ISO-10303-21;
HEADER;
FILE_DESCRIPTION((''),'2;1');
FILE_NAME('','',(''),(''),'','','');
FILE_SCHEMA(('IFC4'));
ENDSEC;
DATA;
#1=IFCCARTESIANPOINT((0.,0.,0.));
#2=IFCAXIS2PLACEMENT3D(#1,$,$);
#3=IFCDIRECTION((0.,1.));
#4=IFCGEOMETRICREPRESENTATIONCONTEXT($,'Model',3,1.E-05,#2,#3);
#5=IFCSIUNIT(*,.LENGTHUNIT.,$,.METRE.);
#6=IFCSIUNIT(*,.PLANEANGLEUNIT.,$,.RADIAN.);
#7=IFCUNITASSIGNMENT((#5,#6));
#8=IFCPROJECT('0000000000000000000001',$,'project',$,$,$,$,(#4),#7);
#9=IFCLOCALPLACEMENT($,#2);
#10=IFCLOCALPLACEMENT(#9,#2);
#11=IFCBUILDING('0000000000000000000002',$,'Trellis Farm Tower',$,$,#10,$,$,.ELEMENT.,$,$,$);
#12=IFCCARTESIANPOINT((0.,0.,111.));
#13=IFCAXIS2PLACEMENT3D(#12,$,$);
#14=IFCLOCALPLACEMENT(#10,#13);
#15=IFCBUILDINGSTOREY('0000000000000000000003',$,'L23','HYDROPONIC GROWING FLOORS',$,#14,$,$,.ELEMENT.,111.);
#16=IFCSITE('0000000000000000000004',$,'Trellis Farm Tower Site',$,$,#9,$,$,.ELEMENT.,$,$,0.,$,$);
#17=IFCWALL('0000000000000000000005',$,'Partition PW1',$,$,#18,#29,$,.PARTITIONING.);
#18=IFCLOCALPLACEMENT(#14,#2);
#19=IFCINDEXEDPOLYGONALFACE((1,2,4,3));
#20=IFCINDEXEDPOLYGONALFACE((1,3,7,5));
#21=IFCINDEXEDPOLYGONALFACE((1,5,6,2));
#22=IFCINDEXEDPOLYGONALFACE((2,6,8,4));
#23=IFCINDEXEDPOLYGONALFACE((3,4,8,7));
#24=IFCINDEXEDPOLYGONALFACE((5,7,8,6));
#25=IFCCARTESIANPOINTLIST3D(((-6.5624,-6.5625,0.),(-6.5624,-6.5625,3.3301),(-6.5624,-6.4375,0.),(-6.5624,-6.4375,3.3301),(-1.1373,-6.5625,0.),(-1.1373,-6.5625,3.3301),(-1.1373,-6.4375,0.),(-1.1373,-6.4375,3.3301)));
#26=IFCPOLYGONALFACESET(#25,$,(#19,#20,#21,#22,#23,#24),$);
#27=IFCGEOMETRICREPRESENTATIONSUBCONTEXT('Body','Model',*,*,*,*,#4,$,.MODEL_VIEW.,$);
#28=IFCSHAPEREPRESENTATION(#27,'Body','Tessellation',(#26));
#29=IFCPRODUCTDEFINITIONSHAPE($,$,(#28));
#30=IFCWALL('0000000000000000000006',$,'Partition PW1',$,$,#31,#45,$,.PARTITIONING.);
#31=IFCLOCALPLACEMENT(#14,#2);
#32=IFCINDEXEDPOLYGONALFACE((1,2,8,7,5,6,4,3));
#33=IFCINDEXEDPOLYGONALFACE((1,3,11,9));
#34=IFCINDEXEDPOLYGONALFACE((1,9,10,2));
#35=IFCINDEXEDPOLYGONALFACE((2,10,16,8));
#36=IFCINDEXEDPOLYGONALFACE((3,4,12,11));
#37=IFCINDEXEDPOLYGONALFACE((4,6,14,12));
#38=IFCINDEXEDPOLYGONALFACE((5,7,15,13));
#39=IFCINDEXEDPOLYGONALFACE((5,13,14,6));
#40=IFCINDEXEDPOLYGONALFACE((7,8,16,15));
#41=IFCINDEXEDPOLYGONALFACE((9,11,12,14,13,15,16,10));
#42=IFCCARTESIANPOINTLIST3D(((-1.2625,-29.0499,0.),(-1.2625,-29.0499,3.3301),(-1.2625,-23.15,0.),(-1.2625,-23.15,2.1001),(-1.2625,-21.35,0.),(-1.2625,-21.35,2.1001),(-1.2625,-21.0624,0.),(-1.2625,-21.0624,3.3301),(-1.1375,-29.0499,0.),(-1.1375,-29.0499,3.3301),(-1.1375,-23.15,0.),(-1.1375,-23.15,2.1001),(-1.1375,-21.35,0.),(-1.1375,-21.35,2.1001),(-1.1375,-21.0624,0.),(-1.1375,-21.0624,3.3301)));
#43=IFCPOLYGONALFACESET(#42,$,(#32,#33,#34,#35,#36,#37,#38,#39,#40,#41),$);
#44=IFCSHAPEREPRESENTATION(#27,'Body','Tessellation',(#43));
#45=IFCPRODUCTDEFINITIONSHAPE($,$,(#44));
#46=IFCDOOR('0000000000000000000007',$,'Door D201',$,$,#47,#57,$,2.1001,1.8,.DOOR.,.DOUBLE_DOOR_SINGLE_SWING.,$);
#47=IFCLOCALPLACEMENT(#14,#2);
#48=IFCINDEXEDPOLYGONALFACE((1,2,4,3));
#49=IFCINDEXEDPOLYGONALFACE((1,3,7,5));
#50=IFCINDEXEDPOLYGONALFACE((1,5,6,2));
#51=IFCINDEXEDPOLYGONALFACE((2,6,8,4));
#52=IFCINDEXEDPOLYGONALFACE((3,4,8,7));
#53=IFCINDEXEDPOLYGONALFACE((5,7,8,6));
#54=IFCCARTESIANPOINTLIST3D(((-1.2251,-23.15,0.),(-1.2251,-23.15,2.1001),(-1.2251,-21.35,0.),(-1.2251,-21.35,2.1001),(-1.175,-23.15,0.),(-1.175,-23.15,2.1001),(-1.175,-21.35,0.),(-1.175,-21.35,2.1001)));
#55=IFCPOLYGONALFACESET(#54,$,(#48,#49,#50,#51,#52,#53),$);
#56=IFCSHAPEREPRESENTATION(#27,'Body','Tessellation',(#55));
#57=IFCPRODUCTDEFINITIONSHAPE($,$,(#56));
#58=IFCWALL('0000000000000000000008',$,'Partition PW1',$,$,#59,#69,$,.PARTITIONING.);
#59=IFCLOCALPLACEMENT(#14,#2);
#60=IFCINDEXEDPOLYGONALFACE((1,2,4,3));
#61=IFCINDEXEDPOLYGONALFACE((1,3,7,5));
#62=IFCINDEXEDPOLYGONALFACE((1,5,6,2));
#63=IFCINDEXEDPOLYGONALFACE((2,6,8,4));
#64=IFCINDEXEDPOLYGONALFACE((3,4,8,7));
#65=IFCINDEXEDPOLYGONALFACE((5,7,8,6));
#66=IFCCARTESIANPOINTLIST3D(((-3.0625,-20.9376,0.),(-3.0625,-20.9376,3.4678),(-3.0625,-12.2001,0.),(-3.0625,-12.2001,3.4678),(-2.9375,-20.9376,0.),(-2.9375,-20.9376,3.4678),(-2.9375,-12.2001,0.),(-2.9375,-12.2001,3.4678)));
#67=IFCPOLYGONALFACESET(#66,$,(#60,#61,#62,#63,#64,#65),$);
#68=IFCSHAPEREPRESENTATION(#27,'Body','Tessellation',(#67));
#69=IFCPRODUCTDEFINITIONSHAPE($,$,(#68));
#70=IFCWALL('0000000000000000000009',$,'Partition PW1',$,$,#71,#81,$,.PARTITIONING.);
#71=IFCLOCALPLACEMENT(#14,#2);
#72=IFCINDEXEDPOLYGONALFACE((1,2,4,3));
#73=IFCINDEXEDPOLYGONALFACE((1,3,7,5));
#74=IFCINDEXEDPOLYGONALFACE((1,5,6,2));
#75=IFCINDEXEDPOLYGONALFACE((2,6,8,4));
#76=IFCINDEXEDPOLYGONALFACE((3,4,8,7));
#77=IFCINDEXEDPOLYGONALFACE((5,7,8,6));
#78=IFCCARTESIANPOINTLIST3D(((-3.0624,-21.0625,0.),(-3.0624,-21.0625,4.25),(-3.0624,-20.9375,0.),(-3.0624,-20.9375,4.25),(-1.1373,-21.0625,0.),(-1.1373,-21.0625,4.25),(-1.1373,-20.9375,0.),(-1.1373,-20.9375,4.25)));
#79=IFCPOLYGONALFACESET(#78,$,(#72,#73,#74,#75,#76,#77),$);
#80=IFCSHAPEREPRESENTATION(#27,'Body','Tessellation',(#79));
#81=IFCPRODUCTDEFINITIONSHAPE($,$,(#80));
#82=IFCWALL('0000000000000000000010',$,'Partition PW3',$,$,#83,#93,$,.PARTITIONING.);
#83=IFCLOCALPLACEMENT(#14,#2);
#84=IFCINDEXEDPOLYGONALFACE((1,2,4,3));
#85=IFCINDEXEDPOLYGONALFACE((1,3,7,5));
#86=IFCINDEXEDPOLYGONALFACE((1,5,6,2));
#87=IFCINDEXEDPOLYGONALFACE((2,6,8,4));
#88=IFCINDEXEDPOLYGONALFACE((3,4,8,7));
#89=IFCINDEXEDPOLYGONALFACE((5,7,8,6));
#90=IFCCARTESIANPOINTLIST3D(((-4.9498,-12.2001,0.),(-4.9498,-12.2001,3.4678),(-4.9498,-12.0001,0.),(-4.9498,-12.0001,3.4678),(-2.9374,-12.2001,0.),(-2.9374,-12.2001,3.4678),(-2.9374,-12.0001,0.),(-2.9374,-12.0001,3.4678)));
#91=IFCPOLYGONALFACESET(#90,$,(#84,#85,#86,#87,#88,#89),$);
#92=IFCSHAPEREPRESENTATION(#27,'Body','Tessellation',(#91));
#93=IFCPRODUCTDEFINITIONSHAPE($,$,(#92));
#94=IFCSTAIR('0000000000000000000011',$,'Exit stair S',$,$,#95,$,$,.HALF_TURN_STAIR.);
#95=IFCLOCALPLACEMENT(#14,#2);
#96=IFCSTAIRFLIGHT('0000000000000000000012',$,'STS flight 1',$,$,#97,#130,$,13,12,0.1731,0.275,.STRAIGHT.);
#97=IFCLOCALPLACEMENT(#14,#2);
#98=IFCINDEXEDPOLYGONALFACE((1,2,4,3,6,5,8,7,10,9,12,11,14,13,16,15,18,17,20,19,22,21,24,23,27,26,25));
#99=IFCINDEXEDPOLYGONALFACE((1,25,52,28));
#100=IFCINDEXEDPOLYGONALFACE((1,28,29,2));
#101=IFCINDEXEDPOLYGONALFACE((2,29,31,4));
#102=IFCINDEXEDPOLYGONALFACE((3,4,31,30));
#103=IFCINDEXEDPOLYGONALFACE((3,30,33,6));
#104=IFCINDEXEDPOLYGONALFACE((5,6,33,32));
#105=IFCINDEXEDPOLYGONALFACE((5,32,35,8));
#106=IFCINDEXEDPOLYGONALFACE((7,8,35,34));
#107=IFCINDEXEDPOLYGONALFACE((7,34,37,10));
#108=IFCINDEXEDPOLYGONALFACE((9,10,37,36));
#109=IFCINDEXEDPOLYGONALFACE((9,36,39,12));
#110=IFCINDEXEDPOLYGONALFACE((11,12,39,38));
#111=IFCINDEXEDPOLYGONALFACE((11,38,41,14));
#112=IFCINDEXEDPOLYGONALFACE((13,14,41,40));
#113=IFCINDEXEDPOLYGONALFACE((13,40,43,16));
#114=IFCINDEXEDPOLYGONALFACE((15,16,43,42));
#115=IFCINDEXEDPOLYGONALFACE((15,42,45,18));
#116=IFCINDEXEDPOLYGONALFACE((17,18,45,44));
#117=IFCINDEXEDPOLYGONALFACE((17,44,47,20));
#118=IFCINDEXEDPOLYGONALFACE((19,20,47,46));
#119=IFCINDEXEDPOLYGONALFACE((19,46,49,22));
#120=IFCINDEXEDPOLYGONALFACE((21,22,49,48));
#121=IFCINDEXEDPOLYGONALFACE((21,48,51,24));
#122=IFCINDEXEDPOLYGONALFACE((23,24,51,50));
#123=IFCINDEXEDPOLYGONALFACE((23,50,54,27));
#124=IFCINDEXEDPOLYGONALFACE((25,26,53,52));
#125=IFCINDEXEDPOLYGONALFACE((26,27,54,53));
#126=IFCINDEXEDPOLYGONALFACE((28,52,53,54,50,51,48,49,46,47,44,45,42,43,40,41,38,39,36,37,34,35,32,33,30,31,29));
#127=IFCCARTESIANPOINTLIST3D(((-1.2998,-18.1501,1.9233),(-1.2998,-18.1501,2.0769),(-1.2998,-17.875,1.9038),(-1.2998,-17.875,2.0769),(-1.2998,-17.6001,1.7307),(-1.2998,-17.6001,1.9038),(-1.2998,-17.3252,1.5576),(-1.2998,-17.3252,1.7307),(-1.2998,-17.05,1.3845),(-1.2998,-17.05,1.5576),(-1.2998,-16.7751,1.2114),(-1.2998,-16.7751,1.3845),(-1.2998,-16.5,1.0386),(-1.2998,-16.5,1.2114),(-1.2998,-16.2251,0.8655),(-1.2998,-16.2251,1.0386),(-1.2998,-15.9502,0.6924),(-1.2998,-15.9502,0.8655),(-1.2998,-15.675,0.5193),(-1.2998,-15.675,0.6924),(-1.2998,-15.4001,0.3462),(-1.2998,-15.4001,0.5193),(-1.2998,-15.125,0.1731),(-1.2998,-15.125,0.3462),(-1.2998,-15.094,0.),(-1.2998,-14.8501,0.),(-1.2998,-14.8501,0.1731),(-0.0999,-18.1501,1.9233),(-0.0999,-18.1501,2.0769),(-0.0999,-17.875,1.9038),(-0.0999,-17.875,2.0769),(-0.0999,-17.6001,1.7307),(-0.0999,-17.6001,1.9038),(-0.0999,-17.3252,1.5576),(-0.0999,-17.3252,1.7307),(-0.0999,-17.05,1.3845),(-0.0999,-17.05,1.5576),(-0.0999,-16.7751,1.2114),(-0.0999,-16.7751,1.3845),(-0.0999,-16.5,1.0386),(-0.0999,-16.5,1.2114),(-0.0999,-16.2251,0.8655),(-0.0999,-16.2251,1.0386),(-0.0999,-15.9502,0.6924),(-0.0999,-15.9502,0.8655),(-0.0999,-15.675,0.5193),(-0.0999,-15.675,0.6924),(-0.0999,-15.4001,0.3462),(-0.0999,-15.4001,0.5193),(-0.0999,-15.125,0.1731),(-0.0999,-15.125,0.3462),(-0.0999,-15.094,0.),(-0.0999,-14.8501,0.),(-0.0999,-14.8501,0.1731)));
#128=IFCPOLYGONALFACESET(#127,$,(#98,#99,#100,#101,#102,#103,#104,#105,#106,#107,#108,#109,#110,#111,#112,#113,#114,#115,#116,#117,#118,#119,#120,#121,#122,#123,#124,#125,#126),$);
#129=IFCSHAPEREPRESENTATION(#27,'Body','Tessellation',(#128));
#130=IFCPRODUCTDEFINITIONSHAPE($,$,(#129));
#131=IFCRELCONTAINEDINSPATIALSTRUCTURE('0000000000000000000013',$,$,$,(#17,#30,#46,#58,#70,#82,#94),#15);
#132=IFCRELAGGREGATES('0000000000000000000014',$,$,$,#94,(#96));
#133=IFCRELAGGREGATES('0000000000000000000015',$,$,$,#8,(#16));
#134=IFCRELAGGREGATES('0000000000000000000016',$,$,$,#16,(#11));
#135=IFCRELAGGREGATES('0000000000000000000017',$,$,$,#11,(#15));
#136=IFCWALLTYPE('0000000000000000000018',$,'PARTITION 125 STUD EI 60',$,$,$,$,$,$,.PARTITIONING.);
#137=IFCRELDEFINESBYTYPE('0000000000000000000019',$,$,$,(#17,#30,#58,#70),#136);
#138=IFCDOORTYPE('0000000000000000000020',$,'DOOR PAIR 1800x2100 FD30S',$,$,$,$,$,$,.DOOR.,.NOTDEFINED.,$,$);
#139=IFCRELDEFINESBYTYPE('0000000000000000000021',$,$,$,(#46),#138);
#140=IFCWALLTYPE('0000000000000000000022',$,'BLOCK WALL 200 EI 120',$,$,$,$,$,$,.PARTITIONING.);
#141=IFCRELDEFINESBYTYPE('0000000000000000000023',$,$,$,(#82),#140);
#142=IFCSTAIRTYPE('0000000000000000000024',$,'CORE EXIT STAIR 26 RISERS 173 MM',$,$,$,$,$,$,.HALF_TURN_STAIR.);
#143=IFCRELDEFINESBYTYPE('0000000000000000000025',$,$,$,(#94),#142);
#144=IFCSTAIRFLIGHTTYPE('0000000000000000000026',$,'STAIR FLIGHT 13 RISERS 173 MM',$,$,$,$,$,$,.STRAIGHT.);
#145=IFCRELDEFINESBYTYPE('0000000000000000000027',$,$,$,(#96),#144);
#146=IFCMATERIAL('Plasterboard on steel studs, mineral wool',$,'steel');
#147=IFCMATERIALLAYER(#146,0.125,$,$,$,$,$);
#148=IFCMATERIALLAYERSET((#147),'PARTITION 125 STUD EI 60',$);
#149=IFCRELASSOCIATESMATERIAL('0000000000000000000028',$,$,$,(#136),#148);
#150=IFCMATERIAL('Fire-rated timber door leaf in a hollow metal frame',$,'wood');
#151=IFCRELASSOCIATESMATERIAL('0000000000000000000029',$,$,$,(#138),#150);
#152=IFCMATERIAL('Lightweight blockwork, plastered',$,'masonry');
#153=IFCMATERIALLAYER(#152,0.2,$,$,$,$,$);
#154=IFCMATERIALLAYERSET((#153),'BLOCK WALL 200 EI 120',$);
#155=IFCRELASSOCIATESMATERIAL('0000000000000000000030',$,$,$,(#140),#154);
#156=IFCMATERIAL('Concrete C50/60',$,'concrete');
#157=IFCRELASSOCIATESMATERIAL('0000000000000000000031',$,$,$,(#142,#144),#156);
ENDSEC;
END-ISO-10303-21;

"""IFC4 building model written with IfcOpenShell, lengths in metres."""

from ifc_helpers import new_model, si_unit, direction, frame, frame_2d, origin, place, context, subcontext, project, spatial, polyline, rectangle, outline, extrude, source, transform, mapped, material, layer, layer_set, type_object, element, fill, aggregate, save


model = new_model("IFC4")

# Units and contexts
model_context = context("Model", 3, precision=1e-05, world=origin(), true_north=direction((0.0, 1.0)))
body_context = subcontext(model_context, "Body", "Model", "MODEL_VIEW")
ifc_project = project(units=[si_unit("LENGTHUNIT", "METRE"), si_unit("PLANEANGLEUNIT", "RADIAN")], contexts=[model_context])

# Site, building, storey
site_placement = place(None, origin())
site = spatial("IfcSite", under=ifc_project, at=site_placement, Name="Trellis Farm Tower Site", CompositionType="ELEMENT", RefElevation=0.0)
building_placement = place(site_placement, origin())
building = spatial("IfcBuilding", under=site, at=building_placement, Name="Trellis Farm Tower", CompositionType="ELEMENT")
storey_placement = place(building_placement, frame((0.0, 0.0, 111.0)))
storey = spatial("IfcBuildingStorey", under=building, at=storey_placement, Name="L23", Description="HYDROPONIC GROWING FLOORS", CompositionType="ELEMENT", Elevation=111.0)

# Shared definitions
placement = place(storey_placement, origin())

# Shared definitions
ifc_material_1 = material(Name="Plasterboard on steel studs, mineral wool", Category="steel")
ifc_layer_1 = layer(ifc_material_1, 0.125)
ifc_layer_set_1 = layer_set([ifc_layer_1], Name="PARTITION 125 STUD EI 60")
wall_type_1 = type_object("IfcWallType", Name="PARTITION 125 STUD EI 60", PredefinedType="PARTITIONING", material=ifc_layer_set_1)
ifc_material_2 = material(Name="Fire-rated timber door leaf in a hollow metal frame", Category="wood")

# Wall
shared_shape_1 = source(origin(), body_context, "Body", "SweptSolid", [
    extrude(rectangle(XDim=5.425, YDim=0.125, at=frame_2d((2.7124, 0.0))), origin(), (0.0, 0.0, 1.0), 3.3301),
])
wall_1_placement = place(storey_placement, frame((-1.1375, -6.5, 0.0), z_axis=(0.0, 0.0, 1.0), x_axis=(-1.0, 0.0, 0.0)))
element("IfcWall", 1, at=wall_1_placement, inside=storey, type_object=wall_type_1, Name="Partition PW1", PredefinedType="PARTITIONING", context=body_context, shape_type="MappedRepresentation", body=[
    mapped(shared_shape_1, transform((0.0, 0.0, 0.0))),
])

# Wall, opening, door
shared_shape_2 = source(origin(), body_context, "Body", "SweptSolid", [
    extrude(rectangle(XDim=7.9875, YDim=0.125, at=frame_2d((3.9937, 0.0))), origin(), (0.0, 0.0, 1.0), 3.3301),
])
wall_2_placement = place(storey_placement, frame((-1.2, -21.0625, 0.0), z_axis=(0.0, 0.0, 1.0), x_axis=(0.0, -1.0, 0.0)))
wall_2 = element("IfcWall", 2, at=wall_2_placement, inside=storey, type_object=wall_type_1, Name="Partition PW1", PredefinedType="PARTITIONING", context=body_context, shape_type="MappedRepresentation", body=[
    mapped(shared_shape_2, transform((0.0, 0.0, 0.0))),
])
shared_shape_3 = source(origin(), body_context, "Body", "SweptSolid", [
    extrude(rectangle(XDim=1.8, YDim=2.1001, at=frame_2d((0.8999, 1.05))), frame((0.0, 0.0725, 0.0), z_axis=(0.0, -1.0, 0.0), x_axis=(1.0, 0.0, 0.0)), (0.0, 0.0, 1.0), 0.145),
])
opening_1_placement = place(wall_2_placement, frame((0.2876, 0.0, 0.0)))
opening_1 = element("IfcOpeningElement", 3, at=opening_1_placement, cuts=wall_2, PredefinedType="OPENING", context=body_context, shape_type="MappedRepresentation", body=[
    mapped(shared_shape_3, transform((0.0, 0.0, 0.0))),
])
door_type_1 = type_object("IfcDoorType", Name="DOOR PAIR 1800x2100 FD30S", OperationType="NOTDEFINED", PredefinedType="DOOR", material=ifc_material_2)
shared_shape_4 = source(origin(), body_context, "Body", "SweptSolid", [
    extrude(rectangle(XDim=1.8, YDim=2.1001, at=frame_2d((0.8999, 1.05))), frame((0.0, 0.0249, 0.0), z_axis=(0.0, -1.0, 0.0), x_axis=(1.0, 0.0, 0.0)), (0.0, 0.0, 1.0), 0.05),
])
door_1_placement = place(opening_1_placement, origin())
door_1 = element("IfcDoor", 4, at=door_1_placement, inside=storey, type_object=door_type_1, Name="Door D201", OperationType="DOUBLE_DOOR_SINGLE_SWING", OverallHeight=2.1001, OverallWidth=1.8, PredefinedType="DOOR", context=body_context, shape_type="MappedRepresentation", body=[
    mapped(shared_shape_4, transform((0.0, 0.0, 0.0))),
])
fill(opening_1, door_1)

# Walls
shared_shape_5 = source(origin(), body_context, "Body", "SweptSolid", [
    extrude(rectangle(XDim=8.7375, YDim=0.125, at=frame_2d((4.3687, 0.0))), origin(), (0.0, 0.0, 1.0), 3.4678),
])
wall_3_placement = place(storey_placement, frame((-3.0, -20.9375, 0.0), z_axis=(0.0, 0.0, 1.0), x_axis=(0.0, 1.0, 0.0)))
element("IfcWall", 5, at=wall_3_placement, inside=storey, type_object=wall_type_1, Name="Partition PW1", PredefinedType="PARTITIONING", context=body_context, shape_type="MappedRepresentation", body=[
    mapped(shared_shape_5, transform((0.0, 0.0, 0.0))),
])
shared_shape_6 = source(origin(), body_context, "Body", "SweptSolid", [
    extrude(rectangle(XDim=1.925, YDim=0.125, at=frame_2d((0.9624, 0.0))), origin(), (0.0, 0.0, 1.0), 4.25),
])
wall_4_placement = place(storey_placement, frame((-1.1375, -21.0, 0.0), z_axis=(0.0, 0.0, 1.0), x_axis=(-1.0, 0.0, 0.0)))
element("IfcWall", 6, at=wall_4_placement, inside=storey, type_object=wall_type_1, Name="Partition PW1", PredefinedType="PARTITIONING", context=body_context, shape_type="MappedRepresentation", body=[
    mapped(shared_shape_6, transform((0.0, 0.0, 0.0))),
])
ifc_material_3 = material(Name="Lightweight blockwork, plastered", Category="masonry")
ifc_layer_2 = layer(ifc_material_3, 0.2)
ifc_layer_set_2 = layer_set([ifc_layer_2], Name="BLOCK WALL 200 EI 120")
wall_type_2 = type_object("IfcWallType", Name="BLOCK WALL 200 EI 120", PredefinedType="PARTITIONING", material=ifc_layer_set_2)
shared_shape_7 = source(origin(), body_context, "Body", "SweptSolid", [
    extrude(rectangle(XDim=2.0125, YDim=0.2, at=frame_2d((1.0063, 0.0))), origin(), (0.0, 0.0, 1.0), 3.4678),
])
wall_5_placement = place(storey_placement, frame((-4.95, -12.1001, 0.0), z_axis=(0.0, 0.0, 1.0), x_axis=(1.0, 0.0, 0.0)))
element("IfcWall", 7, at=wall_5_placement, inside=storey, type_object=wall_type_2, Name="Partition PW3", PredefinedType="PARTITIONING", context=body_context, shape_type="MappedRepresentation", body=[
    mapped(shared_shape_7, transform((0.0, 0.0, 0.0))),
])

# Stair, stair flight
ifc_material_4 = material(Name="Concrete C50/60", Category="concrete")
stair_type = type_object("IfcStairType", Name="CORE EXIT STAIR 26 RISERS 173 MM", PredefinedType="HALF_TURN_STAIR", material=ifc_material_4)
stair = element("IfcStair", 8, at=placement, inside=storey, type_object=stair_type, Name="Exit stair S", PredefinedType="HALF_TURN_STAIR")
stair_flight_type = type_object("IfcStairFlightType", Name="STAIR FLIGHT 13 RISERS 173 MM", PredefinedType="STRAIGHT", material=ifc_material_4)
shared_shape_8 = source(origin(), body_context, "Body", "SweptSolid", [
    extrude(outline(polyline([(0.0, 0.0), (0.0, 0.1731), (0.2749, 0.1731), (0.2749, 0.3462), (0.55, 0.3462), (0.55, 0.5193), (0.825, 0.5193), (0.825, 0.6924), (1.1001, 0.6924), (1.1001, 0.8655), (1.375, 0.8655), (1.375, 1.0386), (1.6499, 1.0386), (1.6499, 1.2114), (1.925, 1.2114), (1.925, 1.3845), (2.2, 1.3845), (2.2, 1.5576), (2.4751, 1.5576), (2.4751, 1.7307), (2.75, 1.7307), (2.75, 1.9038), (3.0249, 1.9038), (3.0249, 2.0769), (3.3, 2.0769), (3.3, 2.25), (3.3, 1.9233), (0.2439, 0.0), (0.0, 0.0)])), frame((0.0, 0.6001, 0.0), z_axis=(0.0, -1.0, 0.0), x_axis=(1.0, 0.0, 0.0)), (0.0, 0.0, 1.0), 1.2),
])
stair_flight_placement = place(storey_placement, frame((-0.7, -14.8501, 0.0), z_axis=(0.0, 0.0, 1.0), x_axis=(0.0, -1.0, 0.0)))
stair_flight = element("IfcStairFlight", 9, at=stair_flight_placement, type_object=stair_flight_type, Name="STS flight 1", NumberOfRisers=13, NumberOfTreads=12, PredefinedType="STRAIGHT", RiserHeight=0.1731, TreadLength=0.275, context=body_context, shape_type="MappedRepresentation", body=[
    mapped(shared_shape_8, transform((0.0, 0.0, 0.0))),
])
aggregate(stair, [stair_flight])

save(model, "model.ifc")
